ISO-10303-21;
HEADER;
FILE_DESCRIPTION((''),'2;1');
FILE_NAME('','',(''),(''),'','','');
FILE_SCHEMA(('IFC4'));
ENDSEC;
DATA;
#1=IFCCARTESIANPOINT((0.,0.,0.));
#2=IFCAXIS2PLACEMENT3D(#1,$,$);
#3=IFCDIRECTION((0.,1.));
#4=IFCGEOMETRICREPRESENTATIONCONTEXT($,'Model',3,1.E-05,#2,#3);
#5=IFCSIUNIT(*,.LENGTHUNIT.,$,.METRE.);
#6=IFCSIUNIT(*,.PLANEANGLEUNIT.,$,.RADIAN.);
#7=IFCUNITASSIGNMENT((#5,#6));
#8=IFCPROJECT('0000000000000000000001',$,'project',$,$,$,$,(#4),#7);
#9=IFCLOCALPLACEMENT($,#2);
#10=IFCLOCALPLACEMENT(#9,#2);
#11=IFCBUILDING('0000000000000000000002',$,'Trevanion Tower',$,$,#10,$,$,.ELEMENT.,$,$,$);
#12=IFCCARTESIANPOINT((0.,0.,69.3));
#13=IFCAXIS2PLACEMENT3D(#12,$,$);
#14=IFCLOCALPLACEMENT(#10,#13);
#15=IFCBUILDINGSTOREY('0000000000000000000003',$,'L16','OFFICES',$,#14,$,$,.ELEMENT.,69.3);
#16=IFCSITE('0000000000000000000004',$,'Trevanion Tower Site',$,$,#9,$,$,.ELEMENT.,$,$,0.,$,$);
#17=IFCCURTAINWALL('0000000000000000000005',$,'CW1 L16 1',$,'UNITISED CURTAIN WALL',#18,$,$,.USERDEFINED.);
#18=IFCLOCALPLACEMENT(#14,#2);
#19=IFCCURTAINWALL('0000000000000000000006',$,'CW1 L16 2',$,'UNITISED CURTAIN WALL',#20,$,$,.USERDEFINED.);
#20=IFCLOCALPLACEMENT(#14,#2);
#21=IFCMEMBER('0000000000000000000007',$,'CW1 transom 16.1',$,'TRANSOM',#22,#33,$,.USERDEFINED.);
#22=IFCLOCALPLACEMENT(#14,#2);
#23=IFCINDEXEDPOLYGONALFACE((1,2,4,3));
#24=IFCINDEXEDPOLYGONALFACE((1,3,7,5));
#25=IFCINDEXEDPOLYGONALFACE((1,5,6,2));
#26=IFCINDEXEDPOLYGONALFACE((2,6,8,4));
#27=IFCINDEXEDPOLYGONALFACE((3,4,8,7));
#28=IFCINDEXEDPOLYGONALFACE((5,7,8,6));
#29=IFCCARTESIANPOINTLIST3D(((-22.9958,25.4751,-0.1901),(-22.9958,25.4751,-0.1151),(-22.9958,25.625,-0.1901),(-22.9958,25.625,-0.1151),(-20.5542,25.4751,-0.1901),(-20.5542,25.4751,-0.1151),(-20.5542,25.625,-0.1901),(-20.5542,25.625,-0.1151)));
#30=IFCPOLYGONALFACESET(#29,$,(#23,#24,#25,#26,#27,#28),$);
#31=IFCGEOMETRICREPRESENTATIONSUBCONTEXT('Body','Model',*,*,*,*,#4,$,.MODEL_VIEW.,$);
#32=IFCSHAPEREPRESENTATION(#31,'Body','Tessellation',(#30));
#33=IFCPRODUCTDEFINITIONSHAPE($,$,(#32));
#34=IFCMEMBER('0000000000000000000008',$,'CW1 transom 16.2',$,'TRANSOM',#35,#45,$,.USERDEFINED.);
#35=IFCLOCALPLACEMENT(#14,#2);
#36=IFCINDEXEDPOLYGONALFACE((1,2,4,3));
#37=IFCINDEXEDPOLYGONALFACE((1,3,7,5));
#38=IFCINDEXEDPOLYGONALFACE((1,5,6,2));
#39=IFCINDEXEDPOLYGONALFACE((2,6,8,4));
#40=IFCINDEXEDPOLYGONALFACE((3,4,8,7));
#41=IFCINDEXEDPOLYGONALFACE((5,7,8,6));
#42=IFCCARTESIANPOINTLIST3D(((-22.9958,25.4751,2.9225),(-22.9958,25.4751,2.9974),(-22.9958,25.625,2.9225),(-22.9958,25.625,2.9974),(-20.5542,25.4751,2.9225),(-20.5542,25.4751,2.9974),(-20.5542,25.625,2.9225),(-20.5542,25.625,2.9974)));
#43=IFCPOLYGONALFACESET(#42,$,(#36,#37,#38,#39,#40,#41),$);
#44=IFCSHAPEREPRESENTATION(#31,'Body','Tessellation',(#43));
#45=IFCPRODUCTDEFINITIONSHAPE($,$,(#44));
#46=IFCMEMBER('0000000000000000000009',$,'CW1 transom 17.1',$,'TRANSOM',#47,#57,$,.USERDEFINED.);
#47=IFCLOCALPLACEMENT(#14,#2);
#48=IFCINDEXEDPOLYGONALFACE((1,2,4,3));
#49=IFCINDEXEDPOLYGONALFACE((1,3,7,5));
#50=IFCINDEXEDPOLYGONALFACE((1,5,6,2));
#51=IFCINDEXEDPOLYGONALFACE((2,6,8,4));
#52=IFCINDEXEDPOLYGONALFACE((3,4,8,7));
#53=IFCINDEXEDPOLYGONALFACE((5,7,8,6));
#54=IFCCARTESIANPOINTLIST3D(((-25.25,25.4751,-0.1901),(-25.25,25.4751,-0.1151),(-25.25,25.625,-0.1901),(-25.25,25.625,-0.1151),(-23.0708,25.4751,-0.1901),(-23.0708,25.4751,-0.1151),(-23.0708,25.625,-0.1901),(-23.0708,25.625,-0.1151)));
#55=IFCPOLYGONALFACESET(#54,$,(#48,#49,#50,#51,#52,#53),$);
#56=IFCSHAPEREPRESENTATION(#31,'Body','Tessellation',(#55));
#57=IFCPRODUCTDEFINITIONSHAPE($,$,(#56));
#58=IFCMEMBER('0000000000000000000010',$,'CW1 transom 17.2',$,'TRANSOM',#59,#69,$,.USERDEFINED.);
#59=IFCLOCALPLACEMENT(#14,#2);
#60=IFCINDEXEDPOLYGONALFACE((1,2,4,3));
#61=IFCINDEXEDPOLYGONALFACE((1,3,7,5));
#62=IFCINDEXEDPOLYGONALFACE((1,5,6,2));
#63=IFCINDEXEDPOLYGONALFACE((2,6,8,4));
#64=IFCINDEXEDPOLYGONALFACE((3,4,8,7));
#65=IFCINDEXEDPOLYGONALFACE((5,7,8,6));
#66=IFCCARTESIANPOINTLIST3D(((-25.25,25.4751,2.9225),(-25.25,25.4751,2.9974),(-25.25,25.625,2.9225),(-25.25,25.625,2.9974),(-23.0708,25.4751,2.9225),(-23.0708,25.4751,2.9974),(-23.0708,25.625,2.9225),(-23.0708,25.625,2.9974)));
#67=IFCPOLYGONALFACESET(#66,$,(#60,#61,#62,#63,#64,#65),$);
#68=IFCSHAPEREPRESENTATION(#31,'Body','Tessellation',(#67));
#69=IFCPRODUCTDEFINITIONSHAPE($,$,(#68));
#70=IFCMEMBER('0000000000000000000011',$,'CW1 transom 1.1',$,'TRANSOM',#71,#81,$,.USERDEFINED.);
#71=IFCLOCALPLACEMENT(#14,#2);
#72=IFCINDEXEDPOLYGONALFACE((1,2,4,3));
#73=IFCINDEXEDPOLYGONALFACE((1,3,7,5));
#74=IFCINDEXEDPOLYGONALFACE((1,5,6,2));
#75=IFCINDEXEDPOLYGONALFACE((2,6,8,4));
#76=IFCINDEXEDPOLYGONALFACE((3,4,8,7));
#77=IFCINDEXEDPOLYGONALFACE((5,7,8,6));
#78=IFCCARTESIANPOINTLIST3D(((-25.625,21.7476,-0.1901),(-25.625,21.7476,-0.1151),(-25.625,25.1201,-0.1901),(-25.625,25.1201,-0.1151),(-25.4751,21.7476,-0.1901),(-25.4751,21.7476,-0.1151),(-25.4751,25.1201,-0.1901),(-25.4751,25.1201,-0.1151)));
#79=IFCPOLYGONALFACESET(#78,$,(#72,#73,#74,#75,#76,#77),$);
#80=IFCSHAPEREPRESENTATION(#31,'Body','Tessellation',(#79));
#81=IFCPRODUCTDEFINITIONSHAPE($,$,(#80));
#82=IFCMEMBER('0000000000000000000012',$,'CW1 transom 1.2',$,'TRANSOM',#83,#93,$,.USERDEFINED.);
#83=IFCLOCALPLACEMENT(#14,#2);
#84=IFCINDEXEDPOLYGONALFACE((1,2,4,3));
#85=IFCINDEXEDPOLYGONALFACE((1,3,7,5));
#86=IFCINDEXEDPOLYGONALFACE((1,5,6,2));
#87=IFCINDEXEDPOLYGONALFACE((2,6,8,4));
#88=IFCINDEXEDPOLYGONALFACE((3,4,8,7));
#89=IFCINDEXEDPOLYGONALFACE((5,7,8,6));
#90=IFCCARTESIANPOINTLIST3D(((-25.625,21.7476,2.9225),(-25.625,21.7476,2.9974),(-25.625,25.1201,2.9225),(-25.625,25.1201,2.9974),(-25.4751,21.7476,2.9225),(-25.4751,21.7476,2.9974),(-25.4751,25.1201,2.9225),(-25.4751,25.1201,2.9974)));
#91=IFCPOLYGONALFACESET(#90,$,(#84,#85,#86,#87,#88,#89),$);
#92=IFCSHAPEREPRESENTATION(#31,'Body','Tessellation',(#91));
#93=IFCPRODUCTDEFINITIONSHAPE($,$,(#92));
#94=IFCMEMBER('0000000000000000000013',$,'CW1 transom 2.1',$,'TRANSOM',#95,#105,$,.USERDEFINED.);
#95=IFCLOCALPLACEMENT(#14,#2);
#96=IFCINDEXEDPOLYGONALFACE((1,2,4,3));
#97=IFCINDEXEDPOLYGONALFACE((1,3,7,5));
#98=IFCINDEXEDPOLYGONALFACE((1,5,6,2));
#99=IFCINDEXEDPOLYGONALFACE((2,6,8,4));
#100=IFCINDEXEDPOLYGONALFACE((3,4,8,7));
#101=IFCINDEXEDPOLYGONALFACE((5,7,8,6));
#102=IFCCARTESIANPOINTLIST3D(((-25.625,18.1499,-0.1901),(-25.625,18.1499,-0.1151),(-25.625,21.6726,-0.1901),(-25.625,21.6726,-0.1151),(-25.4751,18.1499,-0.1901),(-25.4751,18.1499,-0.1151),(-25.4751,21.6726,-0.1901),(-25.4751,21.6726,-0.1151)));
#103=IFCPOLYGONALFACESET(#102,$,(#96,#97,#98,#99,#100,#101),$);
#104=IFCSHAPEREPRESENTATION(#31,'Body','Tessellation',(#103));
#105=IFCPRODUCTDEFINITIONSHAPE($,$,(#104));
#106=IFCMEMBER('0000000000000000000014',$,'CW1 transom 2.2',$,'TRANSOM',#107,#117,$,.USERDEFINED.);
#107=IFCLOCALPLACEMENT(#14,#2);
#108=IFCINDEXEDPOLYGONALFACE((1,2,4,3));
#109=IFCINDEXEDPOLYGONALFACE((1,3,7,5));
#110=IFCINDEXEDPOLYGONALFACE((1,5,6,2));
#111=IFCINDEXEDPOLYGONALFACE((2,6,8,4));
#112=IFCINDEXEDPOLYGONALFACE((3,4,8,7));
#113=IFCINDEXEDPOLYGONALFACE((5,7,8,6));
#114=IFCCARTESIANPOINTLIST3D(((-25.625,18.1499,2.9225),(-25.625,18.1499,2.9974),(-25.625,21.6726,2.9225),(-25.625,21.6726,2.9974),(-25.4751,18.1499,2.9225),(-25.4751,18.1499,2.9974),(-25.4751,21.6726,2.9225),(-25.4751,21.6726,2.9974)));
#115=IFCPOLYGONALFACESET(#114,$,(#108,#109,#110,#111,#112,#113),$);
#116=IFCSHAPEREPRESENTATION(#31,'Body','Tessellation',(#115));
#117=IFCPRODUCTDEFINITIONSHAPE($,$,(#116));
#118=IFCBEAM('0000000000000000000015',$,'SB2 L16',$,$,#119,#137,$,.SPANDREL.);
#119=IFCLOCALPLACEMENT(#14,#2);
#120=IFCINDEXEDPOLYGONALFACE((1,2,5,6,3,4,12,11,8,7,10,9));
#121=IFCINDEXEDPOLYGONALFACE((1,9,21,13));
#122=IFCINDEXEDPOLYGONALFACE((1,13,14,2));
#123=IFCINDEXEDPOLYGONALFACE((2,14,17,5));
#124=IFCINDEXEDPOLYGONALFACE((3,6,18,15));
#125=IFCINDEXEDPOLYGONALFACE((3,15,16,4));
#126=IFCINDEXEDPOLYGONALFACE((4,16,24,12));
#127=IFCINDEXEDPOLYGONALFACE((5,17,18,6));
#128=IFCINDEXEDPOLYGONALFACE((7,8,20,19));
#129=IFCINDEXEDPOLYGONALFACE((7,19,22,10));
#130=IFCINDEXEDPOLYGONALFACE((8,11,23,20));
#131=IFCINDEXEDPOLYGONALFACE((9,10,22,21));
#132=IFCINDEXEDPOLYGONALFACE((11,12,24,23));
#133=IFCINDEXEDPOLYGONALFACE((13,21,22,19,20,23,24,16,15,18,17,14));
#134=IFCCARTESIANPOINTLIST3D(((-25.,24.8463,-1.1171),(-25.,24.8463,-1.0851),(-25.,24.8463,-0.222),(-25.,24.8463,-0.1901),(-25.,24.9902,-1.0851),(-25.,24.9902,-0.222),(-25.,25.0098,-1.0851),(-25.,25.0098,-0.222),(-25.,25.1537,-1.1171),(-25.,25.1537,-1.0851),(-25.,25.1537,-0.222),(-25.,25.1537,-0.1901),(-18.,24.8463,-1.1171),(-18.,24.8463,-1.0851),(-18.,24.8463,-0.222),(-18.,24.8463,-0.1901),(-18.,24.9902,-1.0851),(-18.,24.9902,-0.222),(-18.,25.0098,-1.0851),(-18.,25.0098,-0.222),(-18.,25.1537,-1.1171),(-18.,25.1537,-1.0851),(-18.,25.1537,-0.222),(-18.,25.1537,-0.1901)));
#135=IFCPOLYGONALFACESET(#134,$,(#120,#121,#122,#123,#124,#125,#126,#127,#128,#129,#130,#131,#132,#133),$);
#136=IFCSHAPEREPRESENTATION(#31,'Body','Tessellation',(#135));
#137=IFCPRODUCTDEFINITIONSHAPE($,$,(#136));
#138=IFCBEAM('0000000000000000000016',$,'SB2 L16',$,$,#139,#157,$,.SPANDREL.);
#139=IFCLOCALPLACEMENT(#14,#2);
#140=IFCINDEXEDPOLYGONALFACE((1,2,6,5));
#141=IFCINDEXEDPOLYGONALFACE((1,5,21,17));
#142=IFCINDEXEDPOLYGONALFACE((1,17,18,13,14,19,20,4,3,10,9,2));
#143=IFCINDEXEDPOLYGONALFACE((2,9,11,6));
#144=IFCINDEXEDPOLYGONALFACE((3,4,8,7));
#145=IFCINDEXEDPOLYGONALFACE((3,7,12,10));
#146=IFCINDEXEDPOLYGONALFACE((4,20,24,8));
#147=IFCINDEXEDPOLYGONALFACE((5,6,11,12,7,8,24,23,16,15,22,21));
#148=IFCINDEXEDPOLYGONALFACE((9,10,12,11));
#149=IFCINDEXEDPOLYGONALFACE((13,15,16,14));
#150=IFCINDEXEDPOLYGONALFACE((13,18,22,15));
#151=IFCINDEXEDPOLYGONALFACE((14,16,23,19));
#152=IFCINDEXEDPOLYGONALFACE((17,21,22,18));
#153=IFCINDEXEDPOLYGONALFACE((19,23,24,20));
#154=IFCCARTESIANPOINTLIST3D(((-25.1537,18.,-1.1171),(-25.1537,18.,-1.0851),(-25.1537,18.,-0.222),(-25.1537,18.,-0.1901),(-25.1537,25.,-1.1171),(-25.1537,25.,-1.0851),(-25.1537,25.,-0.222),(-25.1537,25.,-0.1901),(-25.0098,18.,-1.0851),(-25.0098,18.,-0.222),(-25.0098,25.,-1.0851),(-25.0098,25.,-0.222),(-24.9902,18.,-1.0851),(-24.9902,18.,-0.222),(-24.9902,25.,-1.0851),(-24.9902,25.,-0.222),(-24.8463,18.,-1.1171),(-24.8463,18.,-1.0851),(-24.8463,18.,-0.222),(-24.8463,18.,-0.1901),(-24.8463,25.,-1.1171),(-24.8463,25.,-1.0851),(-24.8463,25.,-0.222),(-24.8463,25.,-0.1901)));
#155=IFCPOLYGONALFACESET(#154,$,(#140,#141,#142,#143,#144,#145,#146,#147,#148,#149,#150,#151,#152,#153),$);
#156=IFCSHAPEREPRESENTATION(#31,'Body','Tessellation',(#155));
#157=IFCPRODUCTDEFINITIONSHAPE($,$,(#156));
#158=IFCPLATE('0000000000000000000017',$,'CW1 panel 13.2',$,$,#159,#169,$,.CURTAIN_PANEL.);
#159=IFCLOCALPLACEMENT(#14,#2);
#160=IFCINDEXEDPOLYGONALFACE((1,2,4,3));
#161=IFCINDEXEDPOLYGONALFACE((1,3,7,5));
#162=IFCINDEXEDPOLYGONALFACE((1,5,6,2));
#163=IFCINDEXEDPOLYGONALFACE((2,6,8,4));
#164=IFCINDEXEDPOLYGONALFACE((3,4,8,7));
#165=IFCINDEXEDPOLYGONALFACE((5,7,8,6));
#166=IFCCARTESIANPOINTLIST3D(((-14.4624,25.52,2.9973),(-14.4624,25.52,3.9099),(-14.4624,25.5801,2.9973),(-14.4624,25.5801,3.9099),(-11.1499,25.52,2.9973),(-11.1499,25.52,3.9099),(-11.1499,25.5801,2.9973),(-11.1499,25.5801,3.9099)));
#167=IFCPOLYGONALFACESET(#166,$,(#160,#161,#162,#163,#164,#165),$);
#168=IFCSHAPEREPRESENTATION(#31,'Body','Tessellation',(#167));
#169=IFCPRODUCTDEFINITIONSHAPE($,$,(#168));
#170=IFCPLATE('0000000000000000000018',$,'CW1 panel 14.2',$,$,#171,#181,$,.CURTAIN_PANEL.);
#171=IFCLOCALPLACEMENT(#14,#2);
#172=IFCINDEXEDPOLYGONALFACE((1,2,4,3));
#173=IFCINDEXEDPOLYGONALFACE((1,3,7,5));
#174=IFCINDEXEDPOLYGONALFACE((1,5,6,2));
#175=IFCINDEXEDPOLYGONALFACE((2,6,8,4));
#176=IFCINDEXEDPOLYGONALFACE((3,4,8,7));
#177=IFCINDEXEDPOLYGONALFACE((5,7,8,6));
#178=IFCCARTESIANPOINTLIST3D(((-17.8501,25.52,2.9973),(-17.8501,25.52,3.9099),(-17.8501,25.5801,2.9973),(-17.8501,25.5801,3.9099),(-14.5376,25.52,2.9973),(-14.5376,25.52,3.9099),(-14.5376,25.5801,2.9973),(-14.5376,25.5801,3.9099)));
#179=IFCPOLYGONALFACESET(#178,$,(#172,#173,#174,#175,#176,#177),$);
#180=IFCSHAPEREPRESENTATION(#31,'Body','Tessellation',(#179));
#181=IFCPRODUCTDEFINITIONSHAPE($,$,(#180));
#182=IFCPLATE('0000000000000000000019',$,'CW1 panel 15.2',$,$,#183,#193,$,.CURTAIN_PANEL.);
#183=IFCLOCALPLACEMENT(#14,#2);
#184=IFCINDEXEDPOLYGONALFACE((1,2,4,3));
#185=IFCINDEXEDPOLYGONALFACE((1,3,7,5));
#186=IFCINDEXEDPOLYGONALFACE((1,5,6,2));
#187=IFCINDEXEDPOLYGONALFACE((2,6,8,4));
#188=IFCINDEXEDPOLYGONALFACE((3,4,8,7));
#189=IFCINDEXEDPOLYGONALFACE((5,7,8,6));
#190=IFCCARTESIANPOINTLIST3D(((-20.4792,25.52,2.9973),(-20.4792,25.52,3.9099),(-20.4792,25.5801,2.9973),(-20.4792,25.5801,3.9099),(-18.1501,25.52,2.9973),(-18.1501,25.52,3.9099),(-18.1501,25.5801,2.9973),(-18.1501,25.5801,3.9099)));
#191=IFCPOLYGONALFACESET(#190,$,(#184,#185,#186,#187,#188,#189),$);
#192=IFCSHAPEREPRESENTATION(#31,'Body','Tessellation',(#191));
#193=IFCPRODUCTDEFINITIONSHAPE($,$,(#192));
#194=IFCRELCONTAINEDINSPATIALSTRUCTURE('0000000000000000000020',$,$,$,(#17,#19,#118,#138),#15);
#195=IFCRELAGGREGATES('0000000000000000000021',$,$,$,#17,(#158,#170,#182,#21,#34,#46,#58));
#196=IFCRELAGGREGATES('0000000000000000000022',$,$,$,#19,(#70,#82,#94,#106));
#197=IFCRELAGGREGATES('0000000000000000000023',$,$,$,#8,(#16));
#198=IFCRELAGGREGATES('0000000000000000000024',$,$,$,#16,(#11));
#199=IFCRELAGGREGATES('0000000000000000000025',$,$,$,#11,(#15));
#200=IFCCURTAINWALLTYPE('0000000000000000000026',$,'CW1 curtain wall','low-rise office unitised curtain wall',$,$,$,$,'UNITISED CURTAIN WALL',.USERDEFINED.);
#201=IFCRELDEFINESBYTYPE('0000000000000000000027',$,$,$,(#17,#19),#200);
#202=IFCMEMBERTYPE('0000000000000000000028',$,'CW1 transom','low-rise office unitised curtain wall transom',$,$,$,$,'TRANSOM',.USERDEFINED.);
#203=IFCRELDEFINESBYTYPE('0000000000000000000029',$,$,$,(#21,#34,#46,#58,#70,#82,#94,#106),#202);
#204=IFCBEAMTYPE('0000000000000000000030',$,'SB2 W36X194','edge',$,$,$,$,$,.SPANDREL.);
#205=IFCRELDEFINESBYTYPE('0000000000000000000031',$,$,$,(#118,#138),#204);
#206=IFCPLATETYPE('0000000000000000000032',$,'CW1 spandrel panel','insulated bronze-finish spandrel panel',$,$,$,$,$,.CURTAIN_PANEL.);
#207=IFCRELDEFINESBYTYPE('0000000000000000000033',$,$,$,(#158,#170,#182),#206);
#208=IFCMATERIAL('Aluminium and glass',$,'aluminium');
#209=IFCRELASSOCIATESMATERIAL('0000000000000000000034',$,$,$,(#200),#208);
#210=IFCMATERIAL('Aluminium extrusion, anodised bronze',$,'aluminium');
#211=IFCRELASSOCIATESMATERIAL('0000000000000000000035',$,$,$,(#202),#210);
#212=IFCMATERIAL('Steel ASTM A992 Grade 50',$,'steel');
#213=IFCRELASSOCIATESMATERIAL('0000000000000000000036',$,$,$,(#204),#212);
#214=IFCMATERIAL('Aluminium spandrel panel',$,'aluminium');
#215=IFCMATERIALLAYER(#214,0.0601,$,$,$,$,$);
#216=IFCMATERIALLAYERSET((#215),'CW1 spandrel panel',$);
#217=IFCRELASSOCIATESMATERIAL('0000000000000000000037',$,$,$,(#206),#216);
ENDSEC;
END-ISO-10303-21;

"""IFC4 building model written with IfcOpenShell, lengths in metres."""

from ifc_helpers import new_model, si_unit, direction, frame, origin, origin_2d, place, context, subcontext, project, spatial, rectangle, i_section, extrude, material, layer, layer_set, material_profile, profile_set, type_object, element, aggregate, save


model = new_model("IFC4")

# Units and contexts
model_context = context("Model", 3, precision=1e-05, world=origin(), true_north=direction((0.0, 1.0)))
body_context = subcontext(model_context, "Body", "Model", "MODEL_VIEW")
ifc_project = project(units=[si_unit("LENGTHUNIT", "METRE"), si_unit("PLANEANGLEUNIT", "RADIAN")], contexts=[model_context])

# Site, building, storey
site_placement = place(None, origin())
site = spatial("IfcSite", under=ifc_project, at=site_placement, Name="Trevanion Tower Site", CompositionType="ELEMENT", RefElevation=0.0)
building_placement = place(site_placement, origin())
building = spatial("IfcBuilding", under=site, at=building_placement, Name="Trevanion Tower", CompositionType="ELEMENT")
storey_placement = place(building_placement, frame((0.0, 0.0, 69.3)))
storey = spatial("IfcBuildingStorey", under=building, at=storey_placement, Name="L16", Description="OFFICES", CompositionType="ELEMENT", Elevation=69.3)

# Curtain wall
ifc_material_1 = material(Name="Aluminium and glass", Category="aluminium")
curtain_wall_type = type_object("IfcCurtainWallType", Name="CW1 curtain wall", Description="low-rise office unitised curtain wall", ElementType="UNITISED CURTAIN WALL", PredefinedType="USERDEFINED", material=ifc_material_1)
curtain_wall_1_placement = place(storey_placement, origin())
curtain_wall_1 = element("IfcCurtainWall", 1, at=curtain_wall_1_placement, inside=storey, type_object=curtain_wall_type, Name="CW1 L16 1", ObjectType="UNITISED CURTAIN WALL", PredefinedType="USERDEFINED")

# Curtain wall
curtain_wall_2_placement = place(storey_placement, origin())
curtain_wall_2 = element("IfcCurtainWall", 2, at=curtain_wall_2_placement, inside=storey, type_object=curtain_wall_type, Name="CW1 L16 2", ObjectType="UNITISED CURTAIN WALL", PredefinedType="USERDEFINED")

# Members
ifc_material_2 = material(Name="Aluminium extrusion, anodised bronze", Category="aluminium")
ifc_material_profile_1 = material_profile(ifc_material_2, rectangle(XDim=0.1499, YDim=0.075, at=origin_2d()), Name="CW1 transom")
ifc_profile_set_1 = profile_set([ifc_material_profile_1], Name="Aluminium extrusion, anodised bronze")
member_type_1 = type_object("IfcMemberType", Name="CW1 transom", Description="low-rise office unitised curtain wall transom", ElementType="TRANSOM", PredefinedType="USERDEFINED", material=ifc_profile_set_1)
member_1_placement = place(storey_placement, frame((-20.5542, 25.55, -0.1526), z_axis=(-1.0, 0.0, 0.0), x_axis=(0.0, -1.0, 0.0)))
member_1 = element("IfcMember", 3, at=member_1_placement, type_object=member_type_1, Name="CW1 transom 16.1", ObjectType="TRANSOM", PredefinedType="USERDEFINED", context=body_context, shape_type="SweptSolid", body=[
    extrude(rectangle(XDim=0.1499, YDim=0.075, at=origin_2d()), origin(), (0.0, 0.0, 1.0), 2.4417),
])
member_2_placement = place(storey_placement, frame((-20.5542, 25.55, 2.96), z_axis=(-1.0, 0.0, 0.0), x_axis=(0.0, -1.0, 0.0)))
member_2 = element("IfcMember", 4, at=member_2_placement, type_object=member_type_1, Name="CW1 transom 16.2", ObjectType="TRANSOM", PredefinedType="USERDEFINED", context=body_context, shape_type="SweptSolid", body=[
    extrude(rectangle(XDim=0.1499, YDim=0.075, at=origin_2d()), origin(), (0.0, 0.0, 1.0), 2.4417),
])
member_3_placement = place(storey_placement, frame((-23.0708, 25.55, -0.1526), z_axis=(-1.0, 0.0, 0.0), x_axis=(0.0, -1.0, 0.0)))
member_3 = element("IfcMember", 5, at=member_3_placement, type_object=member_type_1, Name="CW1 transom 17.1", ObjectType="TRANSOM", PredefinedType="USERDEFINED", context=body_context, shape_type="SweptSolid", body=[
    extrude(rectangle(XDim=0.1499, YDim=0.075, at=origin_2d()), origin(), (0.0, 0.0, 1.0), 2.1792),
])
member_4_placement = place(storey_placement, frame((-23.0708, 25.55, 2.96), z_axis=(-1.0, 0.0, 0.0), x_axis=(0.0, -1.0, 0.0)))
member_4 = element("IfcMember", 6, at=member_4_placement, type_object=member_type_1, Name="CW1 transom 17.2", ObjectType="TRANSOM", PredefinedType="USERDEFINED", context=body_context, shape_type="SweptSolid", body=[
    extrude(rectangle(XDim=0.1499, YDim=0.075, at=origin_2d()), origin(), (0.0, 0.0, 1.0), 2.1792),
])
member_5_placement = place(storey_placement, frame((-25.55, 25.1201, -0.1526), z_axis=(0.0, -1.0, 0.0), x_axis=(1.0, 0.0, 0.0)))
member_5 = element("IfcMember", 7, at=member_5_placement, type_object=member_type_1, Name="CW1 transom 1.1", ObjectType="TRANSOM", PredefinedType="USERDEFINED", context=body_context, shape_type="SweptSolid", body=[
    extrude(rectangle(XDim=0.1499, YDim=0.075, at=origin_2d()), origin(), (0.0, 0.0, 1.0), 3.3726),
])
member_6_placement = place(storey_placement, frame((-25.55, 25.1201, 2.96), z_axis=(0.0, -1.0, 0.0), x_axis=(1.0, 0.0, 0.0)))
member_6 = element("IfcMember", 8, at=member_6_placement, type_object=member_type_1, Name="CW1 transom 1.2", ObjectType="TRANSOM", PredefinedType="USERDEFINED", context=body_context, shape_type="SweptSolid", body=[
    extrude(rectangle(XDim=0.1499, YDim=0.075, at=origin_2d()), origin(), (0.0, 0.0, 1.0), 3.3726),
])
member_7_placement = place(storey_placement, frame((-25.55, 21.6726, -0.1526), z_axis=(0.0, -1.0, 0.0), x_axis=(1.0, 0.0, 0.0)))
member_7 = element("IfcMember", 9, at=member_7_placement, type_object=member_type_1, Name="CW1 transom 2.1", ObjectType="TRANSOM", PredefinedType="USERDEFINED", context=body_context, shape_type="SweptSolid", body=[
    extrude(rectangle(XDim=0.1499, YDim=0.075, at=origin_2d()), origin(), (0.0, 0.0, 1.0), 3.5227),
])
member_8_placement = place(storey_placement, frame((-25.55, 21.6726, 2.96), z_axis=(0.0, -1.0, 0.0), x_axis=(1.0, 0.0, 0.0)))
member_8 = element("IfcMember", 10, at=member_8_placement, type_object=member_type_1, Name="CW1 transom 2.2", ObjectType="TRANSOM", PredefinedType="USERDEFINED", context=body_context, shape_type="SweptSolid", body=[
    extrude(rectangle(XDim=0.1499, YDim=0.075, at=origin_2d()), origin(), (0.0, 0.0, 1.0), 3.5227),
])

# Beams
ifc_material_3 = material(Name="Steel ASTM A992 Grade 50", Category="steel")
ifc_material_profile_2 = material_profile(ifc_material_3, i_section(OverallWidth=0.3074, OverallDepth=0.927, WebThickness=0.0195, FlangeThickness=0.032, at=origin_2d()), Name="W36X194")
ifc_profile_set_2 = profile_set([ifc_material_profile_2], Name="Steel ASTM A992 Grade 50")
beam_type = type_object("IfcBeamType", Name="SB2 W36X194", Description="edge", PredefinedType="SPANDREL", material=ifc_profile_set_2)
for number, where, z_axis, x_axis, name in (
    (11, (-18.0, 25.0, -0.6536), (-1.0, 0.0, 0.0), (0.0, -1.0, 0.0), "SB2 L16"),
    (12, (-25.0, 25.0, -0.6536), (0.0, -1.0, 0.0), (1.0, 0.0, 0.0), "SB2 L16"),
):
    element("IfcBeam", number, at=place(storey_placement, frame(where, z_axis=z_axis, x_axis=x_axis)), inside=storey, type_object=beam_type, Name=name, PredefinedType="SPANDREL", context=body_context, shape_type="SweptSolid", body=[
        extrude(i_section(OverallWidth=0.3074, OverallDepth=0.927, WebThickness=0.0195, FlangeThickness=0.032, at=origin_2d()), origin(), (0.0, 0.0, 1.0), 7.0),
    ])

# Plates
ifc_material_4 = material(Name="Aluminium spandrel panel", Category="aluminium")
ifc_layer_1 = layer(ifc_material_4, 0.0601)
ifc_layer_set_1 = layer_set([ifc_layer_1], Name="CW1 spandrel panel")
plate_type_1 = type_object("IfcPlateType", Name="CW1 spandrel panel", Description="insulated bronze-finish spandrel panel", PredefinedType="CURTAIN_PANEL", material=ifc_layer_set_1)
plate_1_placement = place(storey_placement, frame((-12.8062, 25.55, 2.9973), z_axis=(0.0, 0.0, 1.0), x_axis=(-1.0, 0.0, 0.0)))
plate_1 = element("IfcPlate", 13, at=plate_1_placement, type_object=plate_type_1, Name="CW1 panel 13.2", PredefinedType="CURTAIN_PANEL", context=body_context, shape_type="SweptSolid", body=[
    extrude(rectangle(XDim=3.3125, YDim=0.0601, at=origin_2d()), origin(), (0.0, 0.0, 1.0), 0.9126),
])
plate_2_placement = place(storey_placement, frame((-16.1938, 25.55, 2.9973), z_axis=(0.0, 0.0, 1.0), x_axis=(-1.0, 0.0, 0.0)))
plate_2 = element("IfcPlate", 14, at=plate_2_placement, type_object=plate_type_1, Name="CW1 panel 14.2", PredefinedType="CURTAIN_PANEL", context=body_context, shape_type="SweptSolid", body=[
    extrude(rectangle(XDim=3.3125, YDim=0.0601, at=origin_2d()), origin(), (0.0, 0.0, 1.0), 0.9126),
])
plate_3_placement = place(storey_placement, frame((-19.3147, 25.55, 2.9973), z_axis=(0.0, 0.0, 1.0), x_axis=(-1.0, 0.0, 0.0)))
plate_3 = element("IfcPlate", 15, at=plate_3_placement, type_object=plate_type_1, Name="CW1 panel 15.2", PredefinedType="CURTAIN_PANEL", context=body_context, shape_type="SweptSolid", body=[
    extrude(rectangle(XDim=2.3291, YDim=0.0601, at=origin_2d()), origin(), (0.0, 0.0, 1.0), 0.9126),
])
aggregate(curtain_wall_1, [plate_1, plate_2, plate_3, member_1, member_2, member_3, member_4])
aggregate(curtain_wall_2, [member_5, member_6, member_7, member_8])

save(model, "model.ifc")
